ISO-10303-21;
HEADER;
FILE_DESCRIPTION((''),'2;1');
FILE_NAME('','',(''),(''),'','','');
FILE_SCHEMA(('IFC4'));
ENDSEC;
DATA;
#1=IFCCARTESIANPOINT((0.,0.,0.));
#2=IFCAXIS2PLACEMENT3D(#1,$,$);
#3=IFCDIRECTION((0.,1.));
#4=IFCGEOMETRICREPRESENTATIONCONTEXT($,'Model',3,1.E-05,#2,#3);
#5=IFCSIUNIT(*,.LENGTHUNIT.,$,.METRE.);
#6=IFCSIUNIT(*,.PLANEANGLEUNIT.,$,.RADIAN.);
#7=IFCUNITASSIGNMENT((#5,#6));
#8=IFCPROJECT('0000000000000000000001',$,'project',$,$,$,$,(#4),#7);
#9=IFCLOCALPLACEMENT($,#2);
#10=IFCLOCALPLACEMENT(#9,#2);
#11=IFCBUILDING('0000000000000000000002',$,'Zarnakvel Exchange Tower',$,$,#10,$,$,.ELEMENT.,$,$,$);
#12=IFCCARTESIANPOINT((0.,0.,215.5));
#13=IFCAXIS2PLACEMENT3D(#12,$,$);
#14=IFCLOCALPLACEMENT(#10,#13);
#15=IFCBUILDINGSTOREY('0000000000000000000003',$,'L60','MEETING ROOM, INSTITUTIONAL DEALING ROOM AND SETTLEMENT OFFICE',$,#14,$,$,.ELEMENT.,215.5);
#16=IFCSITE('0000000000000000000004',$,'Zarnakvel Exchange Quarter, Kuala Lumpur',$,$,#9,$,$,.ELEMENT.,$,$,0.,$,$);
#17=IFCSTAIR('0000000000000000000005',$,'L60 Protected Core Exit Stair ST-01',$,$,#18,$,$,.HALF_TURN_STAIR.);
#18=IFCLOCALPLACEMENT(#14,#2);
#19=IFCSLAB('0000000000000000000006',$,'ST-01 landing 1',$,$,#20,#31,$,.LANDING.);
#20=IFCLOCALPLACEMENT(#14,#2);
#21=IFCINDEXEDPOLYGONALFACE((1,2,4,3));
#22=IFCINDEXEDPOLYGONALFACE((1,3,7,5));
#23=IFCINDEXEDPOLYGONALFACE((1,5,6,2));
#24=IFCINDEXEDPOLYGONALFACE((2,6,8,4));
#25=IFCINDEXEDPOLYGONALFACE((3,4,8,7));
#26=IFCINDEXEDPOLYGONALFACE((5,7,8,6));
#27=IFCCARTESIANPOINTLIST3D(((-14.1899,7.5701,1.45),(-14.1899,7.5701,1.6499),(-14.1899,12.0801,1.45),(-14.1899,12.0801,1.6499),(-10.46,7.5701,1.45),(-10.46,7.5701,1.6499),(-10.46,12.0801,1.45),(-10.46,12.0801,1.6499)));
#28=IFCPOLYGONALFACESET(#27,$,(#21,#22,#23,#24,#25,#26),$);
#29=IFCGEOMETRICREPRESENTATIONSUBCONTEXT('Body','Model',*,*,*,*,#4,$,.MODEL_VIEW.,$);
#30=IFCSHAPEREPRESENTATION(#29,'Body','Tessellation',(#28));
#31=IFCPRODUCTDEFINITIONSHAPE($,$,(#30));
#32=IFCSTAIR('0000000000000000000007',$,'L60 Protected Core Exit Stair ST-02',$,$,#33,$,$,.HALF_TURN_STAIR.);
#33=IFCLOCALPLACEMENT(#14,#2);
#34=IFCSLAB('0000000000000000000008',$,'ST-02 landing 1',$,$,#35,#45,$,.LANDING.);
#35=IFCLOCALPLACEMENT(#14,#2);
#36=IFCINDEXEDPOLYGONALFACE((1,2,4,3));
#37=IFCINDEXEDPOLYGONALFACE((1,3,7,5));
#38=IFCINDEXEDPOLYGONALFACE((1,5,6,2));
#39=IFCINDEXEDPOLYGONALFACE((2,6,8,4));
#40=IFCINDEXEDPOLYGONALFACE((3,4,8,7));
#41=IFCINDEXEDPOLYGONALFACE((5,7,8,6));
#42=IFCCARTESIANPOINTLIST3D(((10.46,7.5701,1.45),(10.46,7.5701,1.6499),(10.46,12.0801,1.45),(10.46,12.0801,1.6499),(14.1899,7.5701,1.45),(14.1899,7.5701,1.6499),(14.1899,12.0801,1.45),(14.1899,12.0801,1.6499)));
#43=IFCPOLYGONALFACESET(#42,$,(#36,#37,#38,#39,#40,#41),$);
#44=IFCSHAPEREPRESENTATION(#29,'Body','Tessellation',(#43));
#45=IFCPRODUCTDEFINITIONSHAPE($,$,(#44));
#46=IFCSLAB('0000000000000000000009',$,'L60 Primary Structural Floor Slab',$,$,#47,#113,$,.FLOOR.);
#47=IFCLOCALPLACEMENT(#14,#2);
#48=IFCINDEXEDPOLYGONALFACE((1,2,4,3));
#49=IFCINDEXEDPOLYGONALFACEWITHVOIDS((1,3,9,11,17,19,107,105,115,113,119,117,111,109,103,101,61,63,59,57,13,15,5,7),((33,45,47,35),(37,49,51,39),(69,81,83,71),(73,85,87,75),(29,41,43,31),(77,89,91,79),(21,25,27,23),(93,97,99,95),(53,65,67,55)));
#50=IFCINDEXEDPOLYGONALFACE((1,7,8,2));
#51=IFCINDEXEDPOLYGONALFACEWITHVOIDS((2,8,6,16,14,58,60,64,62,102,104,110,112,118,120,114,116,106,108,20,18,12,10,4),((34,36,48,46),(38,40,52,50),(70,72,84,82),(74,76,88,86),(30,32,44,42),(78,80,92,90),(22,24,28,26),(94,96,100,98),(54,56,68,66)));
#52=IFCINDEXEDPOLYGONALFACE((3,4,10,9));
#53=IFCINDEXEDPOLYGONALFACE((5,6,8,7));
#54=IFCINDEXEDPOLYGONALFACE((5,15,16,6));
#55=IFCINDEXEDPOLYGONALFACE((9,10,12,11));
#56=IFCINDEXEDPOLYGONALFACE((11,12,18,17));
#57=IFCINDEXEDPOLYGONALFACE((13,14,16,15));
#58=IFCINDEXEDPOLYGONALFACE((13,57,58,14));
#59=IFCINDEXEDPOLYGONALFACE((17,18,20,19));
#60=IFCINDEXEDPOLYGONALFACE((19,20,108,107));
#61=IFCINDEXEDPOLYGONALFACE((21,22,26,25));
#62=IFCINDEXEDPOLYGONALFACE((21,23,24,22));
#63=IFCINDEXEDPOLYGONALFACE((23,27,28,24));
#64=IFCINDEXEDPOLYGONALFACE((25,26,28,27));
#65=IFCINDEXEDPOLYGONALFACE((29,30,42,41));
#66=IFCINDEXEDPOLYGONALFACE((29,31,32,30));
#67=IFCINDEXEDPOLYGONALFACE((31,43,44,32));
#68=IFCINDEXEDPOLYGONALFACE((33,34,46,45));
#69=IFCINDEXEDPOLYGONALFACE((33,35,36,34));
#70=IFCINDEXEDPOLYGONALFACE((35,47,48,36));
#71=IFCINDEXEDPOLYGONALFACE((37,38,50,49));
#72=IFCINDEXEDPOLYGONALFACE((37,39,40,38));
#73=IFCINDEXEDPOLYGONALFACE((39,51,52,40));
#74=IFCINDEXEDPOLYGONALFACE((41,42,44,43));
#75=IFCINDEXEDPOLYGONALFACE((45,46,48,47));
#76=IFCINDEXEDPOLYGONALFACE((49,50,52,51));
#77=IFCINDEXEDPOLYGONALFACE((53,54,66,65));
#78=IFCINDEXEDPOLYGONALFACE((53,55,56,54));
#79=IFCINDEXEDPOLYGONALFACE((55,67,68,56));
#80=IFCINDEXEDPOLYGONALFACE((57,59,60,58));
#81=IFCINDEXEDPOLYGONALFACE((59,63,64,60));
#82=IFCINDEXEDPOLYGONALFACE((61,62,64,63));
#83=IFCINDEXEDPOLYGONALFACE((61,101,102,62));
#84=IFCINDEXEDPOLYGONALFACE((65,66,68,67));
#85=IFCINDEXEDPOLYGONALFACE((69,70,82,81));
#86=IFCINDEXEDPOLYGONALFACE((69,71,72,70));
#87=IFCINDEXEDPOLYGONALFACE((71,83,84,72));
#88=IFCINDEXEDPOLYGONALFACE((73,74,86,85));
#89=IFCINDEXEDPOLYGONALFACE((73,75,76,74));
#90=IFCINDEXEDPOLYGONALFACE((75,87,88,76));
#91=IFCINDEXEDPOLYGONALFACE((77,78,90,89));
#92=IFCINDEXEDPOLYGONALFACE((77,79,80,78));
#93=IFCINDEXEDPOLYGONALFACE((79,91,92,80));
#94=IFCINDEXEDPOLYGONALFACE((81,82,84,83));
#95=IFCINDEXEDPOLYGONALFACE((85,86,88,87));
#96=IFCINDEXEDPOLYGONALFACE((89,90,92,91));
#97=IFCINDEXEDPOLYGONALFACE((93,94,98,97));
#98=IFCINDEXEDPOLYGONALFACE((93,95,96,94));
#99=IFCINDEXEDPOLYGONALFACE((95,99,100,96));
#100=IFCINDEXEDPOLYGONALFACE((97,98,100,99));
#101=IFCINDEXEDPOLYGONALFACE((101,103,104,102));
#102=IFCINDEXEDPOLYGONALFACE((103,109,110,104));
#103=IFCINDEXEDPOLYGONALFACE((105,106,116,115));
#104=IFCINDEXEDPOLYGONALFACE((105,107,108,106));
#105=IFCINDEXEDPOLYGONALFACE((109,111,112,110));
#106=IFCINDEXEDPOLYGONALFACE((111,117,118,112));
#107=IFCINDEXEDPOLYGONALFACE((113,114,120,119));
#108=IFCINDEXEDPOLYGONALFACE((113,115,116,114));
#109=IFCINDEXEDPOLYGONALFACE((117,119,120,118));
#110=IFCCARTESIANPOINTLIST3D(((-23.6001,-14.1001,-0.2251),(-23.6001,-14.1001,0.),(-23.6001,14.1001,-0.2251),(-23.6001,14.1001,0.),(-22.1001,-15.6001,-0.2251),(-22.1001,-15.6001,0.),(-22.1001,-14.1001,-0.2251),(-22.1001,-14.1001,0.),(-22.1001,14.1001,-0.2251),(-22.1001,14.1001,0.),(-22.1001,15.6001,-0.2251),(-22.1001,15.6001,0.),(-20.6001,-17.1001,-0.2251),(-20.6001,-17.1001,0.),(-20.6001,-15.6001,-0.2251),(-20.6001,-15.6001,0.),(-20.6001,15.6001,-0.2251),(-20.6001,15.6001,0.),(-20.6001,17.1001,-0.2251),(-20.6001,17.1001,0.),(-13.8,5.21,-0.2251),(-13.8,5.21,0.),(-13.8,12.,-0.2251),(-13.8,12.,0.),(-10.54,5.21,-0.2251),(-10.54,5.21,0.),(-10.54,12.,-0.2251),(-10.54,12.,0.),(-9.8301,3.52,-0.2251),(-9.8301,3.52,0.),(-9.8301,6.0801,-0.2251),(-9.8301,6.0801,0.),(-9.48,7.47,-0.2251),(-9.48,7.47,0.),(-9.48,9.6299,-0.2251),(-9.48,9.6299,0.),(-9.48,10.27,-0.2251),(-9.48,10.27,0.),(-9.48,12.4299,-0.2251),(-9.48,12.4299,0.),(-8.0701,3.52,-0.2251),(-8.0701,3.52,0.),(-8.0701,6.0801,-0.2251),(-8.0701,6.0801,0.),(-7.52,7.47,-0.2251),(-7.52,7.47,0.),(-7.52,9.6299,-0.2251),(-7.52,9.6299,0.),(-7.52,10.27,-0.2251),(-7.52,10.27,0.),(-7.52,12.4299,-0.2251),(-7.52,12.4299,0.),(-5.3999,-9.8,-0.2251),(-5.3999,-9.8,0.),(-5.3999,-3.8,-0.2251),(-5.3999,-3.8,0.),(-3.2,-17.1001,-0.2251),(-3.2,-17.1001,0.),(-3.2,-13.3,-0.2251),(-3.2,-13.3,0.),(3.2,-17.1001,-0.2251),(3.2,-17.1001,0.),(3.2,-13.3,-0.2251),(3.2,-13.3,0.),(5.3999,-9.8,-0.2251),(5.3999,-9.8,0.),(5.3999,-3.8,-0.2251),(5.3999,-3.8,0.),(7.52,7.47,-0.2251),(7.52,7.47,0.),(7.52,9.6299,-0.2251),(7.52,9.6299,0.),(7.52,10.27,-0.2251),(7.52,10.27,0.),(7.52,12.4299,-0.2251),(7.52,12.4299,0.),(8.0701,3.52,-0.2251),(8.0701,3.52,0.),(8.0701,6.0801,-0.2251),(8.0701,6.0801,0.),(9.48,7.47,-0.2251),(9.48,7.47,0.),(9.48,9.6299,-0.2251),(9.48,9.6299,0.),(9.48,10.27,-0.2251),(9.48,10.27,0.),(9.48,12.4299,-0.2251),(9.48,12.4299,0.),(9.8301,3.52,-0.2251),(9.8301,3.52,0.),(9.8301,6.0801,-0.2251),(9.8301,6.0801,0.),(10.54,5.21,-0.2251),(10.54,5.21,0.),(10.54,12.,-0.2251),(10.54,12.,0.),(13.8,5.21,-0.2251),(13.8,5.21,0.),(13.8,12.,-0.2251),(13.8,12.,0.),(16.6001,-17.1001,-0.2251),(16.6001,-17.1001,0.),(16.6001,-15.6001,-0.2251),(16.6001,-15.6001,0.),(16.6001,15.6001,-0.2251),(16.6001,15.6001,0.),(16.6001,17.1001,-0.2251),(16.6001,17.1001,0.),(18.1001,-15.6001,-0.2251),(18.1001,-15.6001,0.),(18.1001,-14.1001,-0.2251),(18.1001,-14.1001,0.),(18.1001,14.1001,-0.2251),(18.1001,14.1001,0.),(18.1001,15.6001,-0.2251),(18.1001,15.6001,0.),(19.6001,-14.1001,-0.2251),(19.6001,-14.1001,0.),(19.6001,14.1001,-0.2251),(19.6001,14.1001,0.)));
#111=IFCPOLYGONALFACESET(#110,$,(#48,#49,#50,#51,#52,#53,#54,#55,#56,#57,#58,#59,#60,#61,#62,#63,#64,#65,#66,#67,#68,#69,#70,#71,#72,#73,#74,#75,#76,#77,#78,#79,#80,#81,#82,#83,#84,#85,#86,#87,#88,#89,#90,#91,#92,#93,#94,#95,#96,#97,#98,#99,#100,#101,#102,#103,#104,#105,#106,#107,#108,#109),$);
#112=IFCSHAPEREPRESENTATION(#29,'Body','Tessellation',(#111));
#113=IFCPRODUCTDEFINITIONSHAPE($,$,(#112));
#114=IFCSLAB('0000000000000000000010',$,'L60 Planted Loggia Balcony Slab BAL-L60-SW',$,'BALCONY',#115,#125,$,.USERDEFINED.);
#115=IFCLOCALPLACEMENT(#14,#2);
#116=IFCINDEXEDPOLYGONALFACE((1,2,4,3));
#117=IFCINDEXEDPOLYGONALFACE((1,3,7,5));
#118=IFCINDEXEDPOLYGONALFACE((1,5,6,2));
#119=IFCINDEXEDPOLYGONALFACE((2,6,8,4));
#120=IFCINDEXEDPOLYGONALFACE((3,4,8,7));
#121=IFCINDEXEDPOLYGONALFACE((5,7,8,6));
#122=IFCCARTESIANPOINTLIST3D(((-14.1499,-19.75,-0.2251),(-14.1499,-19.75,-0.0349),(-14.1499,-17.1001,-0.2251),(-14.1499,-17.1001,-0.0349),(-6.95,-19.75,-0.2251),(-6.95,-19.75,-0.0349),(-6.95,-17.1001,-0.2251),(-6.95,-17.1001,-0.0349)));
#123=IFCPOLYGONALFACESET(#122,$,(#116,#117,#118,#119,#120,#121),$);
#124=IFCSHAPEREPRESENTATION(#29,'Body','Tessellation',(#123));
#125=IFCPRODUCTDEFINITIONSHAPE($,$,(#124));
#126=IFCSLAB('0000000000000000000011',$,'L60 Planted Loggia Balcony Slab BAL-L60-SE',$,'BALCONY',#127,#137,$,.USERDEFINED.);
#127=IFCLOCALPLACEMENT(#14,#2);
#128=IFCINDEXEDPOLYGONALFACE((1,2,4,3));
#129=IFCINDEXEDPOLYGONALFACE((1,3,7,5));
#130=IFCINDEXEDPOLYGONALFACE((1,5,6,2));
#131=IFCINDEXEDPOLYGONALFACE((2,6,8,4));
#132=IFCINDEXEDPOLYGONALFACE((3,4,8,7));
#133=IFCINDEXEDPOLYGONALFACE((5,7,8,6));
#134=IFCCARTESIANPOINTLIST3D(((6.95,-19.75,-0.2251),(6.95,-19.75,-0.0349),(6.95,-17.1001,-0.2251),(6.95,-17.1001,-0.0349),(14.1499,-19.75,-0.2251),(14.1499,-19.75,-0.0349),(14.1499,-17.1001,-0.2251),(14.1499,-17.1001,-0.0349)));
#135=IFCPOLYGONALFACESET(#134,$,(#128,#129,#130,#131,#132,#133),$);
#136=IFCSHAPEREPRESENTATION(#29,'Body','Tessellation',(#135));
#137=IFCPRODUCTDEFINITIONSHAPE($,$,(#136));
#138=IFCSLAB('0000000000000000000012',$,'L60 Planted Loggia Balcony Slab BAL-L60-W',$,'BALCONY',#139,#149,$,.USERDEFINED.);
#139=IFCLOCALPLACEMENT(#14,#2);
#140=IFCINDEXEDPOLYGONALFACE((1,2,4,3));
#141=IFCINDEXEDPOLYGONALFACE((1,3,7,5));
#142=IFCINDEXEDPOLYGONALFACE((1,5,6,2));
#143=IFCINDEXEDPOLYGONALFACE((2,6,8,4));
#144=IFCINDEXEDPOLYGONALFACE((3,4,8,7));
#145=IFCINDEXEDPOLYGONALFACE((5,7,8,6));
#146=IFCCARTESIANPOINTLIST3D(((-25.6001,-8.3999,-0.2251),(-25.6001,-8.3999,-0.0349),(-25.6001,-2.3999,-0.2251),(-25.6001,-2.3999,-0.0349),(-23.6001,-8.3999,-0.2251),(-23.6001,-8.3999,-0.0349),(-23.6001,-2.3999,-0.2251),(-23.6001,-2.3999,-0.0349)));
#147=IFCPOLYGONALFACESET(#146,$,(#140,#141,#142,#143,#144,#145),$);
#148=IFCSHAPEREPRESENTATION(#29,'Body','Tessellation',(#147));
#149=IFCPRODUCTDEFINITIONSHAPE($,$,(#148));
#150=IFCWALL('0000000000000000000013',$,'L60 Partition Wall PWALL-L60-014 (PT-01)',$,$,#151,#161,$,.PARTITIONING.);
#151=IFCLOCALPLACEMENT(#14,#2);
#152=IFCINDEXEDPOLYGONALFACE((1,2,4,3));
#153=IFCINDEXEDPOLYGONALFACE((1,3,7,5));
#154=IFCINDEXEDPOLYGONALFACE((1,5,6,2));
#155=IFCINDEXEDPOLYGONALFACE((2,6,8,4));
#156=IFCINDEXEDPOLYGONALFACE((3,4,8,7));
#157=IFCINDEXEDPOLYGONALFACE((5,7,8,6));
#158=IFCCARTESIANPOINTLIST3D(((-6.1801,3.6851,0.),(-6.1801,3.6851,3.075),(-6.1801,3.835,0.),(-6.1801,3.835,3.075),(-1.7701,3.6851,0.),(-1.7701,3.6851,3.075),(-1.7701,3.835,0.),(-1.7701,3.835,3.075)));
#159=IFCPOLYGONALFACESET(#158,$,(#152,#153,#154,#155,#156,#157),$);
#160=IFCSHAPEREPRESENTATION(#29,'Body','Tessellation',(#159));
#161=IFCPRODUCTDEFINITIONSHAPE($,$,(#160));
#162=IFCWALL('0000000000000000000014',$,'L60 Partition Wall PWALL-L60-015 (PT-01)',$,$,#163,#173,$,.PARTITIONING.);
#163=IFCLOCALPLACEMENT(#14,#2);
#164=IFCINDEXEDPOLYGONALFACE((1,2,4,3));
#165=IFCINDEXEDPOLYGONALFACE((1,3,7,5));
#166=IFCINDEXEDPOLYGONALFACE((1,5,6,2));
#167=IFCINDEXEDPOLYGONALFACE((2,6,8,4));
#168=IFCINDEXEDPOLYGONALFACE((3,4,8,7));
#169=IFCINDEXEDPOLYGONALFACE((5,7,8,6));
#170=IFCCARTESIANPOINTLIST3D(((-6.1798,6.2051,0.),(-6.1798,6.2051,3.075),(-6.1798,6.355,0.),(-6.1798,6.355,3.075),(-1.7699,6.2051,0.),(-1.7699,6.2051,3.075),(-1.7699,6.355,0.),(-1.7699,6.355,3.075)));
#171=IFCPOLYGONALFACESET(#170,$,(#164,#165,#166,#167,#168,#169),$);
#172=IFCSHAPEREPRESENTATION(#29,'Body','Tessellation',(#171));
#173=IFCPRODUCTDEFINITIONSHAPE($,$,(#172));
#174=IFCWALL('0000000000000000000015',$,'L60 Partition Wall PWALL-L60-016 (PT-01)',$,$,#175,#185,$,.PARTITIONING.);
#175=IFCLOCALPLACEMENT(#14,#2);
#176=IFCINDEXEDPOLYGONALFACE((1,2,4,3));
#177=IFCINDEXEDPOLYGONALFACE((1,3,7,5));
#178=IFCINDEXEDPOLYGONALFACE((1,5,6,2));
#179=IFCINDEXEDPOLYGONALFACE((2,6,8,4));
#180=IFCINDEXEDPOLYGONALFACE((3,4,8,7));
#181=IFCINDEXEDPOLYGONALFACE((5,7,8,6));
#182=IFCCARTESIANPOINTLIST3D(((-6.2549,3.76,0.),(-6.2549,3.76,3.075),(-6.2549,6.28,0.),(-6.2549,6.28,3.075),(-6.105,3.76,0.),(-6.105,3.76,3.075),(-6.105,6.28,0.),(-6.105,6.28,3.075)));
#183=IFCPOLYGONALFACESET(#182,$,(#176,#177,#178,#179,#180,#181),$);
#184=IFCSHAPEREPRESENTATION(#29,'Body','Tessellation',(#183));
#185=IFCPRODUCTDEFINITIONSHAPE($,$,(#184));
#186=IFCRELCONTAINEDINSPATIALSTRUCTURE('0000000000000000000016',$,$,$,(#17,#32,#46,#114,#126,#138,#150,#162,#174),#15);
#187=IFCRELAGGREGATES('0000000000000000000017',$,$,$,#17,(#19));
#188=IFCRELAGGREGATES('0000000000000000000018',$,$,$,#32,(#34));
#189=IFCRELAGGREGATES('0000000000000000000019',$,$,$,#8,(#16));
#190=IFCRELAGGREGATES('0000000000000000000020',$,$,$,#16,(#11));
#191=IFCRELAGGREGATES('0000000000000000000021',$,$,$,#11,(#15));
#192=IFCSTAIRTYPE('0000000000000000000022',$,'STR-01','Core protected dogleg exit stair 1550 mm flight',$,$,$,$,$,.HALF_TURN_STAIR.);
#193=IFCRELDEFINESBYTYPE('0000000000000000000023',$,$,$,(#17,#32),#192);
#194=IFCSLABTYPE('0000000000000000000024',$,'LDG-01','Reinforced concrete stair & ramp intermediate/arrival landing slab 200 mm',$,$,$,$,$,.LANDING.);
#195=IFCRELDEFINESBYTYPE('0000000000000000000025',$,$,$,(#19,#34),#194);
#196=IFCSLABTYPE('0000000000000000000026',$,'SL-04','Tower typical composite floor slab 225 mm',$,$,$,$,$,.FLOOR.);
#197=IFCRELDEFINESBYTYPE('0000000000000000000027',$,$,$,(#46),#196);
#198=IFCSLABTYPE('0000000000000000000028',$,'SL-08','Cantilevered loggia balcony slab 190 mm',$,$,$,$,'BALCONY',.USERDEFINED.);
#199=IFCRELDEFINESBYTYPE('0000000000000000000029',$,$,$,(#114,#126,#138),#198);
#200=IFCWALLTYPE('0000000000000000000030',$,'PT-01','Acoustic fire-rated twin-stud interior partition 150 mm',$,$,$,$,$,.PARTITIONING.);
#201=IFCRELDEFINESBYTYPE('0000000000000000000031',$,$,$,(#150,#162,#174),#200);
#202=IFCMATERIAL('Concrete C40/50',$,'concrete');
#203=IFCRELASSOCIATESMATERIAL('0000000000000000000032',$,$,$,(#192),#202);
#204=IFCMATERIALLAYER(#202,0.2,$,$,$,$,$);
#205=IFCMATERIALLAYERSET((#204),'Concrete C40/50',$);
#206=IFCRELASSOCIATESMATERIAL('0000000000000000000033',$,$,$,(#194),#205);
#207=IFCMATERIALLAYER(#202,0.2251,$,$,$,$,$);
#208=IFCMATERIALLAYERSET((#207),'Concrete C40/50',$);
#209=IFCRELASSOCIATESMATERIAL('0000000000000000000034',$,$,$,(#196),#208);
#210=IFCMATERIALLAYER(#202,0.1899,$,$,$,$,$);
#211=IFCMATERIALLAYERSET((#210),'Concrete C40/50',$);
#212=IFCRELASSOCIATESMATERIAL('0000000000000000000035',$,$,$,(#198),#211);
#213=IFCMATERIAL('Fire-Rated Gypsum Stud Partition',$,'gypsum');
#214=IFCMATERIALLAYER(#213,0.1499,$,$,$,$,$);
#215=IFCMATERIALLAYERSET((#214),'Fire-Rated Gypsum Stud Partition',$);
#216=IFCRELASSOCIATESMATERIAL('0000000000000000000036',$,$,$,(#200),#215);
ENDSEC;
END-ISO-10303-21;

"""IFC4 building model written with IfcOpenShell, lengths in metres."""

from ifc_helpers import new_model, si_unit, direction, frame, frame_2d, origin, place, context, subcontext, project, spatial, polyline, rectangle, outline, extrude, material, layer, layer_set, type_object, element, aggregate, save


model = new_model("IFC4")

# Units and contexts
model_context = context("Model", 3, precision=1e-05, world=origin(), true_north=direction((0.0, 1.0)))
body_context = subcontext(model_context, "Body", "Model", "MODEL_VIEW")
ifc_project = project(units=[si_unit("LENGTHUNIT", "METRE"), si_unit("PLANEANGLEUNIT", "RADIAN")], contexts=[model_context])

# Site, building, storey
site_placement = place(None, origin())
site = spatial("IfcSite", under=ifc_project, at=site_placement, Name="Zarnakvel Exchange Quarter, Kuala Lumpur", CompositionType="ELEMENT", RefElevation=0.0)
building_placement = place(site_placement, origin())
building = spatial("IfcBuilding", under=site, at=building_placement, Name="Zarnakvel Exchange Tower", CompositionType="ELEMENT")
storey_placement = place(building_placement, frame((0.0, 0.0, 215.5)))
storey = spatial("IfcBuildingStorey", under=building, at=storey_placement, Name="L60", Description="MEETING ROOM, INSTITUTIONAL DEALING ROOM AND SETTLEMENT OFFICE", CompositionType="ELEMENT", Elevation=215.5)

# Stairs, slabs
ifc_material_1 = material(Name="Concrete C40/50", Category="concrete")
stair_type = type_object("IfcStairType", Name="STR-01", Description="Core protected dogleg exit stair 1550 mm flight", PredefinedType="HALF_TURN_STAIR", material=ifc_material_1)
stair_1_placement = place(storey_placement, origin())
stair_1 = element("IfcStair", 1, at=stair_1_placement, inside=storey, type_object=stair_type, Name="L60 Protected Core Exit Stair ST-01", PredefinedType="HALF_TURN_STAIR")
ifc_layer_1 = layer(ifc_material_1, 0.2)
ifc_layer_set_1 = layer_set([ifc_layer_1], Name="Concrete C40/50")
slab_type_1 = type_object("IfcSlabType", Name="LDG-01", Description="Reinforced concrete stair & ramp intermediate/arrival landing slab 200 mm", PredefinedType="LANDING", material=ifc_layer_set_1)
slab_1_placement = place(storey_placement, frame((0.0, 0.0, 1.45)))
slab_1 = element("IfcSlab", 2, at=slab_1_placement, type_object=slab_type_1, Name="ST-01 landing 1", PredefinedType="LANDING", context=body_context, shape_type="SweptSolid", body=[
    extrude(outline(polyline([(-14.1899, 7.5701), (-10.46, 7.5701), (-10.46, 12.0801), (-14.1899, 12.0801), (-14.1899, 7.5701)])), origin(), (0.0, 0.0, 1.0), 0.2),
])
aggregate(stair_1, [slab_1])
stair_2_placement = place(storey_placement, origin())
stair_2 = element("IfcStair", 3, at=stair_2_placement, inside=storey, type_object=stair_type, Name="L60 Protected Core Exit Stair ST-02", PredefinedType="HALF_TURN_STAIR")
slab_2_placement = place(storey_placement, frame((0.0, 0.0, 1.45)))
slab_2 = element("IfcSlab", 4, at=slab_2_placement, type_object=slab_type_1, Name="ST-02 landing 1", PredefinedType="LANDING", context=body_context, shape_type="SweptSolid", body=[
    extrude(outline(polyline([(10.46, 7.5701), (14.1899, 7.5701), (14.1899, 12.0801), (10.46, 12.0801), (10.46, 7.5701)])), origin(), (0.0, 0.0, 1.0), 0.2),
])
aggregate(stair_2, [slab_2])

# Slabs
ifc_layer_2 = layer(ifc_material_1, 0.2251)
ifc_layer_set_2 = layer_set([ifc_layer_2], Name="Concrete C40/50")
slab_type_2 = type_object("IfcSlabType", Name="SL-04", Description="Tower typical composite floor slab 225 mm", PredefinedType="FLOOR", material=ifc_layer_set_2)
slab_3_placement = place(storey_placement, frame((0.0, 0.0, -0.2251)))
element("IfcSlab", 5, at=slab_3_placement, inside=storey, type_object=slab_type_2, Name="L60 Primary Structural Floor Slab", PredefinedType="FLOOR", context=body_context, shape_type="SweptSolid", body=[
    extrude(outline(polyline([(-23.6001, -14.1001), (-22.1001, -14.1001), (-22.1001, -15.6001), (-20.6001, -15.6001), (-20.6001, -17.1001), (-3.2, -17.1001), (-3.2, -13.3), (3.2, -13.3), (3.2, -17.1001), (16.6001, -17.1001), (16.6001, -15.6001), (18.1001, -15.6001), (18.1001, -14.1001), (19.6001, -14.1001), (19.6001, 14.1001), (18.1001, 14.1001), (18.1001, 15.6001), (16.6001, 15.6001), (16.6001, 17.1001), (-20.6001, 17.1001), (-20.6001, 15.6001), (-22.1001, 15.6001), (-22.1001, 14.1001), (-23.6001, 14.1001), (-23.6001, -14.1001)]), holes=[polyline([(-5.3999, -9.8), (5.3999, -9.8), (5.3999, -3.8), (-5.3999, -3.8), (-5.3999, -9.8)]), polyline([(-13.8, 5.21), (-10.54, 5.21), (-10.54, 12.0), (-13.8, 12.0), (-13.8, 5.21)]), polyline([(10.54, 5.21), (13.8, 5.21), (13.8, 12.0), (10.54, 12.0), (10.54, 5.21)]), polyline([(-9.8301, 3.52), (-8.0701, 3.52), (-8.0701, 6.0801), (-9.8301, 6.0801), (-9.8301, 3.52)]), polyline([(8.0701, 3.52), (9.8301, 3.52), (9.8301, 6.0801), (8.0701, 6.0801), (8.0701, 3.52)]), polyline([(-9.48, 7.47), (-7.52, 7.47), (-7.52, 9.6299), (-9.48, 9.6299), (-9.48, 7.47)]), polyline([(-9.48, 10.27), (-7.52, 10.27), (-7.52, 12.4299), (-9.48, 12.4299), (-9.48, 10.27)]), polyline([(7.52, 7.47), (9.48, 7.47), (9.48, 9.6299), (7.52, 9.6299), (7.52, 7.47)]), polyline([(7.52, 10.27), (9.48, 10.27), (9.48, 12.4299), (7.52, 12.4299), (7.52, 10.27)])]), origin(), (0.0, 0.0, 1.0), 0.2251),
])
ifc_layer_3 = layer(ifc_material_1, 0.1899)
ifc_layer_set_3 = layer_set([ifc_layer_3], Name="Concrete C40/50")
slab_type_3 = type_object("IfcSlabType", Name="SL-08", Description="Cantilevered loggia balcony slab 190 mm", ElementType="BALCONY", PredefinedType="USERDEFINED", material=ifc_layer_set_3)
slab_4_placement = place(storey_placement, frame((0.0, 0.0, -0.2251)))
element("IfcSlab", 6, at=slab_4_placement, inside=storey, type_object=slab_type_3, Name="L60 Planted Loggia Balcony Slab BAL-L60-SW", ObjectType="BALCONY", PredefinedType="USERDEFINED", context=body_context, shape_type="SweptSolid", body=[
    extrude(outline(polyline([(-14.1499, -19.75), (-6.95, -19.75), (-6.95, -17.1001), (-14.1499, -17.1001), (-14.1499, -19.75)])), origin(), (0.0, 0.0, 1.0), 0.1902),
])
slab_5_placement = place(storey_placement, frame((0.0, 0.0, -0.2251)))
element("IfcSlab", 7, at=slab_5_placement, inside=storey, type_object=slab_type_3, Name="L60 Planted Loggia Balcony Slab BAL-L60-SE", ObjectType="BALCONY", PredefinedType="USERDEFINED", context=body_context, shape_type="SweptSolid", body=[
    extrude(outline(polyline([(6.95, -19.75), (14.1499, -19.75), (14.1499, -17.1001), (6.95, -17.1001), (6.95, -19.75)])), origin(), (0.0, 0.0, 1.0), 0.1902),
])
slab_6_placement = place(storey_placement, frame((0.0, 0.0, -0.2251)))
element("IfcSlab", 8, at=slab_6_placement, inside=storey, type_object=slab_type_3, Name="L60 Planted Loggia Balcony Slab BAL-L60-W", ObjectType="BALCONY", PredefinedType="USERDEFINED", context=body_context, shape_type="SweptSolid", body=[
    extrude(outline(polyline([(-25.6001, -8.3999), (-23.6001, -8.3999), (-23.6001, -2.3999), (-25.6001, -2.3999), (-25.6001, -8.3999)])), origin(), (0.0, 0.0, 1.0), 0.1902),
])

# Walls
ifc_material_2 = material(Name="Fire-Rated Gypsum Stud Partition", Category="gypsum")
ifc_layer_4 = layer(ifc_material_2, 0.1499)
ifc_layer_set_4 = layer_set([ifc_layer_4], Name="Fire-Rated Gypsum Stud Partition")
wall_type_1 = type_object("IfcWallType", Name="PT-01", Description="Acoustic fire-rated twin-stud interior partition 150 mm", PredefinedType="PARTITIONING", material=ifc_layer_set_4)
for number, where, z_axis, x_axis, name in (
    (9, (-1.77, 3.76, 0.0), (0.0, 0.0, 1.0), (-1.0, 0.0, 0.0), "L60 Partition Wall PWALL-L60-014 (PT-01)"),
    (10, (-6.1799, 6.28, 0.0), (0.0, 0.0, 1.0), (1.0, 0.0, 0.0), "L60 Partition Wall PWALL-L60-015 (PT-01)"),
):
    element("IfcWall", number, at=place(storey_placement, frame(where, z_axis=z_axis, x_axis=x_axis)), inside=storey, type_object=wall_type_1, Name=name, PredefinedType="PARTITIONING", context=body_context, shape_type="SweptSolid", body=[
        extrude(rectangle(XDim=4.4099, YDim=0.1499, at=frame_2d((2.2051, 0.0))), origin(), (0.0, 0.0, 1.0), 3.075),
    ])
wall_1_placement = place(storey_placement, frame((-6.1799, 3.76, 0.0), z_axis=(0.0, 0.0, 1.0), x_axis=(0.0, 1.0, 0.0)))
element("IfcWall", 11, at=wall_1_placement, inside=storey, type_object=wall_type_1, Name="L60 Partition Wall PWALL-L60-016 (PT-01)", PredefinedType="PARTITIONING", context=body_context, shape_type="SweptSolid", body=[
    extrude(rectangle(XDim=2.52, YDim=0.1499, at=frame_2d((1.26, 0.0))), origin(), (0.0, 0.0, 1.0), 3.075),
])

save(model, "model.ifc")
